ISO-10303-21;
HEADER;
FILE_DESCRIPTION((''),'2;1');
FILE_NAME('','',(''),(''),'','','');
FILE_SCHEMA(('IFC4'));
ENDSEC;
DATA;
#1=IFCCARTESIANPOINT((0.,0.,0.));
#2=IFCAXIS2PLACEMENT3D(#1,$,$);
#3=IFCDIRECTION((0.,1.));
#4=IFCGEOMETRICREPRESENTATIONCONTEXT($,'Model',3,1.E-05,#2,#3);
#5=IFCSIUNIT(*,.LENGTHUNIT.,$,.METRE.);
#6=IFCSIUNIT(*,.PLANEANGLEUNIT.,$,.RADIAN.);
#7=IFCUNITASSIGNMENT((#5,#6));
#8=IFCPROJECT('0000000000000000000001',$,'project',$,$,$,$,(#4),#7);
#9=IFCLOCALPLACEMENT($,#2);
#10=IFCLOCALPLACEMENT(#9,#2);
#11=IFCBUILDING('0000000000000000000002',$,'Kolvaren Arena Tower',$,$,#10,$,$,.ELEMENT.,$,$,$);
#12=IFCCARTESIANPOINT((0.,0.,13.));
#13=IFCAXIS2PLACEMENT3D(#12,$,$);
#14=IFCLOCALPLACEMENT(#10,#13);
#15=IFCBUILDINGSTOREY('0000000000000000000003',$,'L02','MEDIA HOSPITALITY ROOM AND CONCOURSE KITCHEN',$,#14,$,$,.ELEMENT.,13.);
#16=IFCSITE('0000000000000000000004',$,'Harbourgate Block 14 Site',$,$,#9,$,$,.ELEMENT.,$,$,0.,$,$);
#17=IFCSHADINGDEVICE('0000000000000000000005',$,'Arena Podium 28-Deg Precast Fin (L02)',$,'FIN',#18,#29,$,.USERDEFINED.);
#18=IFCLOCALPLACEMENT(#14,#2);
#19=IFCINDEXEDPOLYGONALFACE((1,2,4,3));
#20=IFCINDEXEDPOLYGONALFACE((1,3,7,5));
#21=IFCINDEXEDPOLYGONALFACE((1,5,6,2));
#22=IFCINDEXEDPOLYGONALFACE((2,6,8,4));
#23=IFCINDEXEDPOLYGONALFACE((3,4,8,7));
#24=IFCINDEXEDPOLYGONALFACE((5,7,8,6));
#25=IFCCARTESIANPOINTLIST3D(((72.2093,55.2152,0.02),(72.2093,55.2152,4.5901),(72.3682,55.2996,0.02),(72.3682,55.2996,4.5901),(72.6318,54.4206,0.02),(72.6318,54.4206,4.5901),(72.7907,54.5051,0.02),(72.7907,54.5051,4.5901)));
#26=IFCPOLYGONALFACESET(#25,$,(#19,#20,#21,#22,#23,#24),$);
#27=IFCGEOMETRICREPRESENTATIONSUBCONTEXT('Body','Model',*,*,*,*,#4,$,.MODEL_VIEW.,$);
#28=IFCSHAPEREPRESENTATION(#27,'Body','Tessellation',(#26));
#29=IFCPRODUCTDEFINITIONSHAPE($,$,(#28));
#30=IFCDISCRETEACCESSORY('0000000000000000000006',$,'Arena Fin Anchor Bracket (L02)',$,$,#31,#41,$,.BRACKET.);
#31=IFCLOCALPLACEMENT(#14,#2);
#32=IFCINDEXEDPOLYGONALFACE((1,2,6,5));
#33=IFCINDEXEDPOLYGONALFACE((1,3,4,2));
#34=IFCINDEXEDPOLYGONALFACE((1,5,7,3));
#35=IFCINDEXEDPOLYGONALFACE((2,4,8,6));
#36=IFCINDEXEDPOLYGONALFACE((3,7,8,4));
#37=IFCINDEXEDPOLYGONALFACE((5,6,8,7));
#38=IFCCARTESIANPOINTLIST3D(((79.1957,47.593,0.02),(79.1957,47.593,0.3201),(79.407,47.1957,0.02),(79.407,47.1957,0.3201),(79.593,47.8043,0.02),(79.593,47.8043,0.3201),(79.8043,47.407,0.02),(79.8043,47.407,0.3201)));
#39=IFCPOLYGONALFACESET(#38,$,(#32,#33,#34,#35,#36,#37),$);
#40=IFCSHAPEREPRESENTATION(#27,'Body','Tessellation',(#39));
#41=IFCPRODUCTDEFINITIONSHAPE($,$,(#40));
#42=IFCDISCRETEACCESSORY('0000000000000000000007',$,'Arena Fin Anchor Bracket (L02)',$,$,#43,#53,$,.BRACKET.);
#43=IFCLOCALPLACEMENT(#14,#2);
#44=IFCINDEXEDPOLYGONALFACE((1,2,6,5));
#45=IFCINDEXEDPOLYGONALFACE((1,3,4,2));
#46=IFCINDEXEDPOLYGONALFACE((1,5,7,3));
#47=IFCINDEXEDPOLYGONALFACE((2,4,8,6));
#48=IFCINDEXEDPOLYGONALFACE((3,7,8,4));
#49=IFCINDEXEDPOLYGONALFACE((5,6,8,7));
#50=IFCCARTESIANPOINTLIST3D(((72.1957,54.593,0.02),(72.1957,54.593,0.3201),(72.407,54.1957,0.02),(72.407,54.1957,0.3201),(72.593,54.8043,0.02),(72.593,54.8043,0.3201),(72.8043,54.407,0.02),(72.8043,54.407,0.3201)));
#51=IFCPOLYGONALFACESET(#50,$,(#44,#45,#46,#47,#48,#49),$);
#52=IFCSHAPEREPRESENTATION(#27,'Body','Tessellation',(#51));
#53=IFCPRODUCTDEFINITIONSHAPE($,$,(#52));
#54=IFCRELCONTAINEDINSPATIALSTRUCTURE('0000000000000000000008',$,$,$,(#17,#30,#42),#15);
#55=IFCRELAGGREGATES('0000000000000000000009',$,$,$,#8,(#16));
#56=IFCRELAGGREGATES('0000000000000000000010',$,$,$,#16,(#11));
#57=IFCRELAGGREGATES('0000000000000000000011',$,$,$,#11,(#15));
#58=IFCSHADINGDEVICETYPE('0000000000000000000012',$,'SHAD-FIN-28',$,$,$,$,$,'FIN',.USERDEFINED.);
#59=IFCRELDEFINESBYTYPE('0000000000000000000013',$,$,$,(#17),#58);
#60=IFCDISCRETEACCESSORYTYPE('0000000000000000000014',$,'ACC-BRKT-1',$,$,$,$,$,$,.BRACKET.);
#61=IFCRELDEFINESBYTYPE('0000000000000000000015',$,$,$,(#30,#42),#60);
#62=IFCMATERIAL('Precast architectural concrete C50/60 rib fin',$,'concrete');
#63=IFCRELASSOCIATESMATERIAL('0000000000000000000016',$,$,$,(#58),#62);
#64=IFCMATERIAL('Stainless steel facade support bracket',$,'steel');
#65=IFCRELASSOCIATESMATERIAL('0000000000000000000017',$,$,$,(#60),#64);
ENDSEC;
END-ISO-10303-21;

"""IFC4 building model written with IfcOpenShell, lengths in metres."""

from ifc_helpers import new_model, si_unit, direction, frame, origin, origin_2d, place, context, subcontext, project, spatial, rectangle, extrude, material, type_object, element, save


model = new_model("IFC4")

# Units and contexts
model_context = context("Model", 3, precision=1e-05, world=origin(), true_north=direction((0.0, 1.0)))
body_context = subcontext(model_context, "Body", "Model", "MODEL_VIEW")
ifc_project = project(units=[si_unit("LENGTHUNIT", "METRE"), si_unit("PLANEANGLEUNIT", "RADIAN")], contexts=[model_context])

# Site, building, storey
site_placement = place(None, origin())
site = spatial("IfcSite", under=ifc_project, at=site_placement, Name="Harbourgate Block 14 Site", CompositionType="ELEMENT", RefElevation=0.0)
building_placement = place(site_placement, origin())
building = spatial("IfcBuilding", under=site, at=building_placement, Name="Kolvaren Arena Tower", CompositionType="ELEMENT")
storey_placement = place(building_placement, frame((0.0, 0.0, 13.0)))
storey = spatial("IfcBuildingStorey", under=building, at=storey_placement, Name="L02", Description="MEDIA HOSPITALITY ROOM AND CONCOURSE KITCHEN", CompositionType="ELEMENT", Elevation=13.0)

# Shading device
ifc_material_1 = material(Name="Precast architectural concrete C50/60 rib fin", Category="concrete")
shading_device_type = type_object("IfcShadingDeviceType", Name="SHAD-FIN-28", ElementType="FIN", PredefinedType="USERDEFINED", material=ifc_material_1)
for number, where, z_axis, x_axis, name in (
    (1, (72.5, 54.8601, 0.02), (0.0, 0.0, 1.0), (-0.469472, 0.882948, 0.0), "Arena Podium 28-Deg Precast Fin (L02)"),
):
    element("IfcShadingDevice", number, at=place(storey_placement, frame(where, z_axis=z_axis, x_axis=x_axis)), inside=storey, type_object=shading_device_type, Name=name, ObjectType="FIN", PredefinedType="USERDEFINED", context=body_context, shape_type="SweptSolid", body=[
        extrude(rectangle(XDim=0.8999, YDim=0.1799, at=origin_2d()), origin(), (0.0, 0.0, 1.0), 4.5701),
    ])

# Discrete accessories
ifc_material_2 = material(Name="Stainless steel facade support bracket", Category="steel")
discrete_accessory_type = type_object("IfcDiscreteAccessoryType", Name="ACC-BRKT-1", PredefinedType="BRACKET", material=ifc_material_2)
for number, where, z_axis, x_axis, name in (
    (2, (79.5, 47.5, 0.02), (0.0, 0.0, 1.0), (0.882948, 0.469472, 0.0), "Arena Fin Anchor Bracket (L02)"),
    (3, (72.5, 54.5, 0.02), (0.0, 0.0, 1.0), (-0.469472, 0.882948, 0.0), "Arena Fin Anchor Bracket (L02)"),
):
    element("IfcDiscreteAccessory", number, at=place(storey_placement, frame(where, z_axis=z_axis, x_axis=x_axis)), inside=storey, type_object=discrete_accessory_type, Name=name, PredefinedType="BRACKET", context=body_context, shape_type="SweptSolid", body=[
        extrude(rectangle(XDim=0.45, YDim=0.45, at=origin_2d()), origin(), (0.0, 0.0, 1.0), 0.3),
    ])

save(model, "model.ifc")
